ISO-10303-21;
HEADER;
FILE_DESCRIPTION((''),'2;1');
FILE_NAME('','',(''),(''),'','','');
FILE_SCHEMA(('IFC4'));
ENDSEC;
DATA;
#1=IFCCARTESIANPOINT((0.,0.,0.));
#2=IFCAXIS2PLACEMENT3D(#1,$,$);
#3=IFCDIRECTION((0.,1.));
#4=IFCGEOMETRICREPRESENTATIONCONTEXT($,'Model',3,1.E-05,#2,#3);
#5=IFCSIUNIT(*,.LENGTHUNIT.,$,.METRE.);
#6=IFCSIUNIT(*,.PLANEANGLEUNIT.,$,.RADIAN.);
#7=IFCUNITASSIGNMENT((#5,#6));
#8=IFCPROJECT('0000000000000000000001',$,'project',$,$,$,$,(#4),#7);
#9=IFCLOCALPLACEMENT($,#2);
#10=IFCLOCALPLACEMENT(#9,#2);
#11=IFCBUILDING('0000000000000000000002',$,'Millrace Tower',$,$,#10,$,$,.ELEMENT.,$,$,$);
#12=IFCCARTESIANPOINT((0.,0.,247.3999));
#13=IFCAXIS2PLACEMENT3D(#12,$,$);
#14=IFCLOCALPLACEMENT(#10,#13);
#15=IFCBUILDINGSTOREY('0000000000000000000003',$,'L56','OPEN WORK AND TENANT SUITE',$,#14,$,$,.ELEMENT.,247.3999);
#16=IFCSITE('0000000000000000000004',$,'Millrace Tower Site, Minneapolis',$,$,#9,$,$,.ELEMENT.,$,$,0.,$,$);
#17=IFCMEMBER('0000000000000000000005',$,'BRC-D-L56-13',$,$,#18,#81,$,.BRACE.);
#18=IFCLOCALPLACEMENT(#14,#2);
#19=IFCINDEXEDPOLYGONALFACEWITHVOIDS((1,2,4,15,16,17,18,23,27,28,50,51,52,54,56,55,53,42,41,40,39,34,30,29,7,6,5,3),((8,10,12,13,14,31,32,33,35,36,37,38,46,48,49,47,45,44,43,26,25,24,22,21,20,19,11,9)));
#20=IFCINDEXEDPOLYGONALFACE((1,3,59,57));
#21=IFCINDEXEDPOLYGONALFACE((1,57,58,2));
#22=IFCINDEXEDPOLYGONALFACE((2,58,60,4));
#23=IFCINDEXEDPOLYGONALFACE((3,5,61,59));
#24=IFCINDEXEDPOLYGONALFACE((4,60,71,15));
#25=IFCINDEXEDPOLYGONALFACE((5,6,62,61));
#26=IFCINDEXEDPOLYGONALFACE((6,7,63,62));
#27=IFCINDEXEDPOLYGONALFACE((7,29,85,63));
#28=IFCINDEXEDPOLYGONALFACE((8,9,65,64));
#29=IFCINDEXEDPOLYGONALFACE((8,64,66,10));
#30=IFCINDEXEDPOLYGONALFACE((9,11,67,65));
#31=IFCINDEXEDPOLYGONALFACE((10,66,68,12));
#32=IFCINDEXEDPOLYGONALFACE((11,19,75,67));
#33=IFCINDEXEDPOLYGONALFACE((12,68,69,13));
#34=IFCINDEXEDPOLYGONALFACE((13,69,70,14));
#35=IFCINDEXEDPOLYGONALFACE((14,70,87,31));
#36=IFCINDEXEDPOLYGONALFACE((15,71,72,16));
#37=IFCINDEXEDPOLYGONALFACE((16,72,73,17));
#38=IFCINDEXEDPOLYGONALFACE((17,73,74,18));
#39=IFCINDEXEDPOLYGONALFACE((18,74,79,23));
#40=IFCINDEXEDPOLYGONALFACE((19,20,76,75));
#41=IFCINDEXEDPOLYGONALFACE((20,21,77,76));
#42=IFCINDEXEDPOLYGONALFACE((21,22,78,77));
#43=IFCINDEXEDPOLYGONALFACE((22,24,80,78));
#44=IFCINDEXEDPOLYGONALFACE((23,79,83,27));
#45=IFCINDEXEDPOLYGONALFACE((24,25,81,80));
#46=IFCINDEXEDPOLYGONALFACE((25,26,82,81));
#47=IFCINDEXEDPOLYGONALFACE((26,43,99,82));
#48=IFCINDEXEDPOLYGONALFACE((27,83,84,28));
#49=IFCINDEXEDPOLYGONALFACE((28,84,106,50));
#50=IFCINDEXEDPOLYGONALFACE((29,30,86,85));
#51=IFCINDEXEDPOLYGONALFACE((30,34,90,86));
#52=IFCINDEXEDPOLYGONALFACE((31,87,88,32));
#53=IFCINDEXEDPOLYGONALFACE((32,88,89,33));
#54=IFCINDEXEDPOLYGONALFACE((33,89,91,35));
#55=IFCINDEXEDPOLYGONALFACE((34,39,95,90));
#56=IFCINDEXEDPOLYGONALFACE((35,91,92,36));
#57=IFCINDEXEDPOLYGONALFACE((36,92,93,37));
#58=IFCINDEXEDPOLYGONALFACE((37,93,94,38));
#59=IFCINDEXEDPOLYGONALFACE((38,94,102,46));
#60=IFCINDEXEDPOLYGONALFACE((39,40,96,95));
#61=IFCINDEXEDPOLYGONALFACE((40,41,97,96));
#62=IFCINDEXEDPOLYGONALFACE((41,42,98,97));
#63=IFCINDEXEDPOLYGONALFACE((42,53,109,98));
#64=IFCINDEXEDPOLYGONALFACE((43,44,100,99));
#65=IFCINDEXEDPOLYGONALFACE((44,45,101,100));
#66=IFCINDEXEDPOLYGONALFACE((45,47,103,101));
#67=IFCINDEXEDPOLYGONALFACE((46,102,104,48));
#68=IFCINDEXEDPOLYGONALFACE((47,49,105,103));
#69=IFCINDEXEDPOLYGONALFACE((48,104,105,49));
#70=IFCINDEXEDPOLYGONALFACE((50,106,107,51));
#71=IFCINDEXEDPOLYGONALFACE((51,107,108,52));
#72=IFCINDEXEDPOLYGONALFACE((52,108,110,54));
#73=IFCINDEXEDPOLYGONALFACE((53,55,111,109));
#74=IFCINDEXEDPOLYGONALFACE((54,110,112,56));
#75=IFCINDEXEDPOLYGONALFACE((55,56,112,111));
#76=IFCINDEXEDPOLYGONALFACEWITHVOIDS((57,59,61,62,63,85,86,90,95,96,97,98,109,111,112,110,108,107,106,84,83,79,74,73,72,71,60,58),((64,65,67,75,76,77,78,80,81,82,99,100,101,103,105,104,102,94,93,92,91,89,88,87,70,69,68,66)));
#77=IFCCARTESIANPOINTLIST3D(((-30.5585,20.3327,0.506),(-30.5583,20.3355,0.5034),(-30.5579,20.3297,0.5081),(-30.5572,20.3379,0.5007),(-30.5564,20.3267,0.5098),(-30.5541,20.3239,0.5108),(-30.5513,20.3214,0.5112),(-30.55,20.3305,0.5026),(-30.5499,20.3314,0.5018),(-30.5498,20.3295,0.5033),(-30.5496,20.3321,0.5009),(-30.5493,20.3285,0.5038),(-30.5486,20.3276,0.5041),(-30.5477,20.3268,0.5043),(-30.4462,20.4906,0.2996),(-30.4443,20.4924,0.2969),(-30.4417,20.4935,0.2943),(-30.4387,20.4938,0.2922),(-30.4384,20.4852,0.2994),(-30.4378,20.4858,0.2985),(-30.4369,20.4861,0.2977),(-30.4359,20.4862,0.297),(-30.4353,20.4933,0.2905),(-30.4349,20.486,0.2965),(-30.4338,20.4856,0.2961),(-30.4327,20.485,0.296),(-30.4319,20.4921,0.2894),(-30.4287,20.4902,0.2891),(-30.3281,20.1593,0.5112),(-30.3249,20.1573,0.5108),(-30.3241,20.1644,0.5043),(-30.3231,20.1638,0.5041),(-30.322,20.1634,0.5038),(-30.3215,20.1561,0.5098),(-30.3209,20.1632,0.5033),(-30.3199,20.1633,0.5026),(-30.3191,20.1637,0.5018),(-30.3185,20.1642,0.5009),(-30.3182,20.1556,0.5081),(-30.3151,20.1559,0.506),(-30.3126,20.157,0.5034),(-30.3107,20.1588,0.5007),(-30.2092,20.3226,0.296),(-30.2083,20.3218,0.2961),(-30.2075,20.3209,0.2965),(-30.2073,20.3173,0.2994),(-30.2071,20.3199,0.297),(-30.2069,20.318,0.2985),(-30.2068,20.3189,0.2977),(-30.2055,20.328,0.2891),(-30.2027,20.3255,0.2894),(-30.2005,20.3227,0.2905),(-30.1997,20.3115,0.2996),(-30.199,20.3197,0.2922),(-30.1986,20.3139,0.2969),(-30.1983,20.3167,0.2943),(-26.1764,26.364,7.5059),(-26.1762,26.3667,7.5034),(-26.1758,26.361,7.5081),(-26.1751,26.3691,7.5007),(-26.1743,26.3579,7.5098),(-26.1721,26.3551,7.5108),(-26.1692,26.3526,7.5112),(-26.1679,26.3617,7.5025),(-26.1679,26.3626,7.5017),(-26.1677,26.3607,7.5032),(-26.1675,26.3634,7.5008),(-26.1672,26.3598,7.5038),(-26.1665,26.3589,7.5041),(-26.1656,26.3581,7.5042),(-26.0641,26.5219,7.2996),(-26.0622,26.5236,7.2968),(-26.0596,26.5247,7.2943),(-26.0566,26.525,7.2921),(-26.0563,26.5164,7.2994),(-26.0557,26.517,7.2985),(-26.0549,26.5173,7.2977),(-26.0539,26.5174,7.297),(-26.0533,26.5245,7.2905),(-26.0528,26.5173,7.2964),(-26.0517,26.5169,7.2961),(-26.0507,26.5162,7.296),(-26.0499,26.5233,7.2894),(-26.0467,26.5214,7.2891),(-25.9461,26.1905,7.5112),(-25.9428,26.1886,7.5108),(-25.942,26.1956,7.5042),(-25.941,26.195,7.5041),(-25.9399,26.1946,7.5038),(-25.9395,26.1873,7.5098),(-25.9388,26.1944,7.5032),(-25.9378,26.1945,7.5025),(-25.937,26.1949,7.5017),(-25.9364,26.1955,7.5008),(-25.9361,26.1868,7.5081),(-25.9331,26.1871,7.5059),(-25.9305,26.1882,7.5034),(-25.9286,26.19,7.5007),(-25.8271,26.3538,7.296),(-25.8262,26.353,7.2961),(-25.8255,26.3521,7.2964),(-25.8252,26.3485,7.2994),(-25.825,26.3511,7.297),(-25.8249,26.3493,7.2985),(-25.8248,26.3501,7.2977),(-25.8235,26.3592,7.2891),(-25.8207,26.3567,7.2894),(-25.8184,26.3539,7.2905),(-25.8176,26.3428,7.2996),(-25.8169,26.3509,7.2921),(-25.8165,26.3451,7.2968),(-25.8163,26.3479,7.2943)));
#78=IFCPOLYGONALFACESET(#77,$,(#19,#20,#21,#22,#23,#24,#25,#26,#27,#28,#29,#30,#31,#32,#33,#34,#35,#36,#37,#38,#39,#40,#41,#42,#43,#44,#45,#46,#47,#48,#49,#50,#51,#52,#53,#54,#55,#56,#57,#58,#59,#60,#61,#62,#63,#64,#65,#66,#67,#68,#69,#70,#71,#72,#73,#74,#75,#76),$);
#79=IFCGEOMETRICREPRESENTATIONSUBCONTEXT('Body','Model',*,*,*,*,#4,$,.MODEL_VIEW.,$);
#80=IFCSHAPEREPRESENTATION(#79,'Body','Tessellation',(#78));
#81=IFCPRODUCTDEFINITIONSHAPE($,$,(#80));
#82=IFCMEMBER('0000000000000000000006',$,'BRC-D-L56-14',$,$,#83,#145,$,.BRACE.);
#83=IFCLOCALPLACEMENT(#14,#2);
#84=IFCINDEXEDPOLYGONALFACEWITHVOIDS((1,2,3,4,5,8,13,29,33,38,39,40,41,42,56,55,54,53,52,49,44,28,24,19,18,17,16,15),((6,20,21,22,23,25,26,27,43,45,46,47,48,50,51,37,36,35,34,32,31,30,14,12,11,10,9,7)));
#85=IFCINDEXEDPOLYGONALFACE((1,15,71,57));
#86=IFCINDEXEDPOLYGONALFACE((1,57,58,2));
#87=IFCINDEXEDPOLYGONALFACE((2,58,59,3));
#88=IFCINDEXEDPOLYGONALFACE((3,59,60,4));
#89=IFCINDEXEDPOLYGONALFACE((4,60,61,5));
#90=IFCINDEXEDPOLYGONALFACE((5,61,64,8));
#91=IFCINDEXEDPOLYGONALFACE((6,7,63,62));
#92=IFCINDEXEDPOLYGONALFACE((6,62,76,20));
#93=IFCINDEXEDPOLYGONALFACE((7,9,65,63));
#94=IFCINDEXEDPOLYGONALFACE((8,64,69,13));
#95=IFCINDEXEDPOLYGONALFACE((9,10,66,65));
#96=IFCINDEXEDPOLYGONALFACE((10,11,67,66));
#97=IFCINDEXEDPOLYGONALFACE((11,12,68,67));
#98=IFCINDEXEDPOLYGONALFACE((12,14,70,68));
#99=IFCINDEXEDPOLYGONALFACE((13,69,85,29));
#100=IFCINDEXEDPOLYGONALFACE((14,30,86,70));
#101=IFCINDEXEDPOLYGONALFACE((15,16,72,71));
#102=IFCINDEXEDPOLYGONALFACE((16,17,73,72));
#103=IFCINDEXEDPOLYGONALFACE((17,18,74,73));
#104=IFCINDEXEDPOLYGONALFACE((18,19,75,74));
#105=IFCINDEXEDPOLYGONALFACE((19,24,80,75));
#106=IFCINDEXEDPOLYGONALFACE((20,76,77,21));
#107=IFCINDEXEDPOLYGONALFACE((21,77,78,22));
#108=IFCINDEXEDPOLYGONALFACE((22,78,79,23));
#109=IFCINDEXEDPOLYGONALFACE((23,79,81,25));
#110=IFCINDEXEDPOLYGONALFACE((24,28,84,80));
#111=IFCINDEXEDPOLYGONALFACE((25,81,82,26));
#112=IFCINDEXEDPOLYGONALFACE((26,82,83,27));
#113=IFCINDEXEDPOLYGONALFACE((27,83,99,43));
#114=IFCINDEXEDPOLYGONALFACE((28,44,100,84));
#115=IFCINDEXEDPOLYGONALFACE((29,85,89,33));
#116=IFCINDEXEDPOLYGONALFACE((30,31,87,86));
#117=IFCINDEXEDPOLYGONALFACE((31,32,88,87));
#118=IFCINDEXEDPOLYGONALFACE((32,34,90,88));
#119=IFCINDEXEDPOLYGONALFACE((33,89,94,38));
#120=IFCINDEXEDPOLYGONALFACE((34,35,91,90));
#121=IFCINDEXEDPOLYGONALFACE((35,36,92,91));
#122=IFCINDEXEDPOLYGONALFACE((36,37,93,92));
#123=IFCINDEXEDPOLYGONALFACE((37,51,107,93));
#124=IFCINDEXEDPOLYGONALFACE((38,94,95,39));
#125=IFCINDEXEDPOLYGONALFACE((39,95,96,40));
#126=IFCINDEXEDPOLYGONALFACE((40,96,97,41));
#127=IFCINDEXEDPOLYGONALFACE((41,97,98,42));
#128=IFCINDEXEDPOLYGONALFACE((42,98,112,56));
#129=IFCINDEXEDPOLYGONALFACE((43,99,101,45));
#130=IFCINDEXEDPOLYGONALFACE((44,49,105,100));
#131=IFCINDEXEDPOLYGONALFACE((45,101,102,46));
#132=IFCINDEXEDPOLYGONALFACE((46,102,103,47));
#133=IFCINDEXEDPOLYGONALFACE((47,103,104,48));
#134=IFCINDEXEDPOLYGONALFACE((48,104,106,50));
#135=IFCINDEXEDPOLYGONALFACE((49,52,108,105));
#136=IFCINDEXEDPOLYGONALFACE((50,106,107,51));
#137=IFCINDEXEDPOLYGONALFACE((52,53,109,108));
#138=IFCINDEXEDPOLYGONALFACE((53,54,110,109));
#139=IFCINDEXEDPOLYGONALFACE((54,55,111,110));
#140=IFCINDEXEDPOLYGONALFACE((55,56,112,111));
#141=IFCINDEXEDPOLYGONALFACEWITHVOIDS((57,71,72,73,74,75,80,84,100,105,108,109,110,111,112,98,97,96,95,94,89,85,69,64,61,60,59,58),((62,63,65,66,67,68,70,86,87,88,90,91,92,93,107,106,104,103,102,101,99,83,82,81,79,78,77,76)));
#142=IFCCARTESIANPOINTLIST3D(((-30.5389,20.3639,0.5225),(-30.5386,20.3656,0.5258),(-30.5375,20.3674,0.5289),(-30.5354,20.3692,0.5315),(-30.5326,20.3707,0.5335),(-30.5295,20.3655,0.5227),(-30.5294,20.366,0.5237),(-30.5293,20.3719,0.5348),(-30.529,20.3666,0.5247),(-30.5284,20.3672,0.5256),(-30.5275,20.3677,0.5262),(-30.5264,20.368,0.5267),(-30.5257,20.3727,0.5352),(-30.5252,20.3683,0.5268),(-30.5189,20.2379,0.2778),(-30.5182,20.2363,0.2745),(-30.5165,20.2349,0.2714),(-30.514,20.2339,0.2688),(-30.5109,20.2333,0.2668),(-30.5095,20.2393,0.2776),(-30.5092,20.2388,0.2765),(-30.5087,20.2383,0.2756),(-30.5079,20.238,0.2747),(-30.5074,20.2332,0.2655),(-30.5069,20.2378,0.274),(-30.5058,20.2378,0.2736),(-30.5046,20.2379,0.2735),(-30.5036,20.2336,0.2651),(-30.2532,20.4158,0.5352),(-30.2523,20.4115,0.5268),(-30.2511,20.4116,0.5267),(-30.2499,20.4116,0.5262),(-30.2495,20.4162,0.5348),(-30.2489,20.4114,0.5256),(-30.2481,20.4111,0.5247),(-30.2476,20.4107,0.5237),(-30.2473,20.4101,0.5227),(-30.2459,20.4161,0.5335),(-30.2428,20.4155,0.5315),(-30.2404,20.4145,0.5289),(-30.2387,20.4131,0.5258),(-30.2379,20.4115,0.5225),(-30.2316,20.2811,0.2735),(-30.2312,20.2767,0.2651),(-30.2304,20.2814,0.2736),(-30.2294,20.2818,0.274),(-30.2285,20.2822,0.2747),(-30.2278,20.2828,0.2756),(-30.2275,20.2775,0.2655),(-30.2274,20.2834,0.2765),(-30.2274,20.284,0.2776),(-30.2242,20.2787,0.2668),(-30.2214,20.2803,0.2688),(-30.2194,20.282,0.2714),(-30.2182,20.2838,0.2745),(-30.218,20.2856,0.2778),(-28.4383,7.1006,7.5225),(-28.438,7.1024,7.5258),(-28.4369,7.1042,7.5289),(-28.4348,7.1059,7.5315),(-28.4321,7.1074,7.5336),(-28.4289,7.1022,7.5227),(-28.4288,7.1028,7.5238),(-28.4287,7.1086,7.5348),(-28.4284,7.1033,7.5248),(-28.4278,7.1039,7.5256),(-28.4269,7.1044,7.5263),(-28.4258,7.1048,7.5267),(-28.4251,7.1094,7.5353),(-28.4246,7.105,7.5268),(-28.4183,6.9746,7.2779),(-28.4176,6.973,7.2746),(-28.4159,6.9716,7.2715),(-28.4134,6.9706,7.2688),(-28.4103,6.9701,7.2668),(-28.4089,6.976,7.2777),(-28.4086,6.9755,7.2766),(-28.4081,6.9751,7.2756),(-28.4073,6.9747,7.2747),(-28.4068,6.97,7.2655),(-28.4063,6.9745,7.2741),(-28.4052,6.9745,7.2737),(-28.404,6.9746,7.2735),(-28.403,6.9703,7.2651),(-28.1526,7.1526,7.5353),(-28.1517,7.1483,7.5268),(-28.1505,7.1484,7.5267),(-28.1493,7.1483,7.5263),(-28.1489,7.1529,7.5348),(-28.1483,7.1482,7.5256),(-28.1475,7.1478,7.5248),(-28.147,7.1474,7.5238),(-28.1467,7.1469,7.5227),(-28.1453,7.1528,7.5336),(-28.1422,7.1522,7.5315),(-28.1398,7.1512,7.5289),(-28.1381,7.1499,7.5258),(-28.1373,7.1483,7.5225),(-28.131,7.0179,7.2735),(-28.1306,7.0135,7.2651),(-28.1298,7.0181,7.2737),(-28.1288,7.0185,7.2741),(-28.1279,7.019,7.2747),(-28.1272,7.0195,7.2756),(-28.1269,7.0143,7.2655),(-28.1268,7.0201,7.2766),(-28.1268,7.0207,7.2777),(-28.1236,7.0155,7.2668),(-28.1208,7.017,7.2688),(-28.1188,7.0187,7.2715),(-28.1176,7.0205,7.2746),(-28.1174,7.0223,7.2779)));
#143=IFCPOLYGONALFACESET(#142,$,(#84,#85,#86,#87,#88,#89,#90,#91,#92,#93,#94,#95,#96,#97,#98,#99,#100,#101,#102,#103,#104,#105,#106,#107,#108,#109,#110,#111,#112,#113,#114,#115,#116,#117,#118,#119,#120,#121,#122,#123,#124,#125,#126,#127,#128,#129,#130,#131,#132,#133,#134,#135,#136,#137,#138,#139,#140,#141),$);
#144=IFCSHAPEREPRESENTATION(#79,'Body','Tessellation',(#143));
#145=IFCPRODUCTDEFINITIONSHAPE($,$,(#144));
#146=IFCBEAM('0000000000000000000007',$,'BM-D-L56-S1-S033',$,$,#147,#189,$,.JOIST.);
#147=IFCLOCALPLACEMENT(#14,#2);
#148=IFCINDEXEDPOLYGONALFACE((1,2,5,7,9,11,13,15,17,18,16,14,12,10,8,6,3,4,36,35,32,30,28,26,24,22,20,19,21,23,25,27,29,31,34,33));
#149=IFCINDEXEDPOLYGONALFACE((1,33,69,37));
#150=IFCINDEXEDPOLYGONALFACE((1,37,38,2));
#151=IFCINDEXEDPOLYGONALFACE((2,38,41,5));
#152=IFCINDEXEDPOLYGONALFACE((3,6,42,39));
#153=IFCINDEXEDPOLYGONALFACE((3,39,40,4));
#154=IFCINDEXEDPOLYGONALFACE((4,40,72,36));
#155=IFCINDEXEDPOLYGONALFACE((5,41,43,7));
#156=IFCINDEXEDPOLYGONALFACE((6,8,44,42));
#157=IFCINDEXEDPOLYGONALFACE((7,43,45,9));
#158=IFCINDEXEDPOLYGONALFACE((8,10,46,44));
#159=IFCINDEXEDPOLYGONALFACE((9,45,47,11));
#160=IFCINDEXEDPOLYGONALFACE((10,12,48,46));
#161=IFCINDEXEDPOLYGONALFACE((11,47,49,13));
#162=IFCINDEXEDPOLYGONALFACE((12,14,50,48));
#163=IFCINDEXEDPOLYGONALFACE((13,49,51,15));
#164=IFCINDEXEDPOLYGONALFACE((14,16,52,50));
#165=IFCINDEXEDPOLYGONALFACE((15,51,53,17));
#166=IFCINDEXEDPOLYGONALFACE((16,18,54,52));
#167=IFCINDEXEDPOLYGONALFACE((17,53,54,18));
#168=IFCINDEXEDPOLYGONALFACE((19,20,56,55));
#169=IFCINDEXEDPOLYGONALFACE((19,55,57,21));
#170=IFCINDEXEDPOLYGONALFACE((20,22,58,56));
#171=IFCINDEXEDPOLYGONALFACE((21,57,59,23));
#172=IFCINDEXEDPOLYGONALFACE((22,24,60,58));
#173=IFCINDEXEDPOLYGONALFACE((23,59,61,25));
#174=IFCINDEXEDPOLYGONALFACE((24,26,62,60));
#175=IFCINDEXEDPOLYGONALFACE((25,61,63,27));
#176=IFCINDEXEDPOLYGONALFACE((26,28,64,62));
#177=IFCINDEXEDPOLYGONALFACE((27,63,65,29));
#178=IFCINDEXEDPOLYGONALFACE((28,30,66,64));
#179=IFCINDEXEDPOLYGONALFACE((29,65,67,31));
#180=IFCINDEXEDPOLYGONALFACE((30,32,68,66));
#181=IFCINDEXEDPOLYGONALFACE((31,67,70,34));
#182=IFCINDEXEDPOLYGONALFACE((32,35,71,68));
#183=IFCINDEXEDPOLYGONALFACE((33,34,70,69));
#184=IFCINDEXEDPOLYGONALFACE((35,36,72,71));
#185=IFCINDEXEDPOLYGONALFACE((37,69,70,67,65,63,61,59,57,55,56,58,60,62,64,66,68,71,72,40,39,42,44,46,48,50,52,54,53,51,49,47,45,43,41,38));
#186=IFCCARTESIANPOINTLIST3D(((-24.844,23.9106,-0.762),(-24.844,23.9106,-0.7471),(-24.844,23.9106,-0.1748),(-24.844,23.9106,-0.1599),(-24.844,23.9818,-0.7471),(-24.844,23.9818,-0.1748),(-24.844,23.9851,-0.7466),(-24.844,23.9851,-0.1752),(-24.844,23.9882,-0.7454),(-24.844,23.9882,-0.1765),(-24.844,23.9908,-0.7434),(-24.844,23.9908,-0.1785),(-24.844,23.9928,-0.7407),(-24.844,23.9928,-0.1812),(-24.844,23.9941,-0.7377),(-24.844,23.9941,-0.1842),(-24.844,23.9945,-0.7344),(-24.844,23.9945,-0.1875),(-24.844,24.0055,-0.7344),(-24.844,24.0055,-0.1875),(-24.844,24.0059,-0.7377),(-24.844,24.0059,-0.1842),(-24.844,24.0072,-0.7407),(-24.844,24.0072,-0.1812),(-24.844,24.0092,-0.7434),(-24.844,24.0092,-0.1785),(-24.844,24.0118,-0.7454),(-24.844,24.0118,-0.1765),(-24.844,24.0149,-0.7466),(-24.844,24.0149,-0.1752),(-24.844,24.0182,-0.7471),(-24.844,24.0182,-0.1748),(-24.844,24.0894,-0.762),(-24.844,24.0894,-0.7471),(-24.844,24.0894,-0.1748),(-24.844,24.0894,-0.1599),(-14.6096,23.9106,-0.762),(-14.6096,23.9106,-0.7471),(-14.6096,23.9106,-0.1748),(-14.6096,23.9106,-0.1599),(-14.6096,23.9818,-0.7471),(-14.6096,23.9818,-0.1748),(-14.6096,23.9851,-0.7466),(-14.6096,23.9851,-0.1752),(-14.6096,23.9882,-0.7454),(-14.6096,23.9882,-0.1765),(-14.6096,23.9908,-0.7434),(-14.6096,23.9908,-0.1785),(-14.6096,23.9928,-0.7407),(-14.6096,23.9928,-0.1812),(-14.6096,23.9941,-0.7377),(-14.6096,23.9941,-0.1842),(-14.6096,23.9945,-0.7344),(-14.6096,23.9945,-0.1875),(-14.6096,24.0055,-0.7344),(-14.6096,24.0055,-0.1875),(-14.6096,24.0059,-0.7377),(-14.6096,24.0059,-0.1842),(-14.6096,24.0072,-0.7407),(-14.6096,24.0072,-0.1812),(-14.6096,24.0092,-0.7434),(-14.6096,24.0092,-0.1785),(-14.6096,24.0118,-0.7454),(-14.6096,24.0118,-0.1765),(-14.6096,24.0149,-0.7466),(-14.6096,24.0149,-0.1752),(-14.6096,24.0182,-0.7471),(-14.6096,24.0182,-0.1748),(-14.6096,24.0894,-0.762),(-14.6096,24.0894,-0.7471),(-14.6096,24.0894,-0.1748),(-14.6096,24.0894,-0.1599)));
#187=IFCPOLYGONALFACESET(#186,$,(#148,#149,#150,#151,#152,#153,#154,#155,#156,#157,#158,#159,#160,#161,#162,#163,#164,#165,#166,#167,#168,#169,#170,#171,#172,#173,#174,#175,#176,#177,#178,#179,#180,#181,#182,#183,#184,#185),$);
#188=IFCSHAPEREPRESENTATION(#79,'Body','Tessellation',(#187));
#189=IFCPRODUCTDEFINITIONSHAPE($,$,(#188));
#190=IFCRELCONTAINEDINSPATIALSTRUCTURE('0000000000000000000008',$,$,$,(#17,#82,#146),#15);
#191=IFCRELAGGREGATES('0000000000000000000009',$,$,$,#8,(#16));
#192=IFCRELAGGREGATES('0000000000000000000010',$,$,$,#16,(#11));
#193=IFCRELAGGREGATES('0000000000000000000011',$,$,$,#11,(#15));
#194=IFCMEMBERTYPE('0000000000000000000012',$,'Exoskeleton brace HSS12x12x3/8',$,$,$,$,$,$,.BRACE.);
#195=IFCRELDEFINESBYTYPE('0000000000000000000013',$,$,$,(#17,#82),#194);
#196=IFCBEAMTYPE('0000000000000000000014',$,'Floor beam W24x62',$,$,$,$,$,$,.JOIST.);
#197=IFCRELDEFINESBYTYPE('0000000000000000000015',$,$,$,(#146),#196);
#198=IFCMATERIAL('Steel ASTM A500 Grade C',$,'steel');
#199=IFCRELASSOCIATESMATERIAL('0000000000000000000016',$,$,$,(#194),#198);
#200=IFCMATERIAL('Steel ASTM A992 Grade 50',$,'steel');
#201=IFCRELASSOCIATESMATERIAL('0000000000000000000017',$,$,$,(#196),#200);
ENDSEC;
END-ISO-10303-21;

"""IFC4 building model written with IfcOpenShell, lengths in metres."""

from ifc_helpers import new_model, si_unit, direction, frame, origin, origin_2d, place, context, subcontext, project, spatial, hollow_rectangle, i_section, extrude, material, material_profile, profile_set, type_object, element, save


model = new_model("IFC4")

# Units and contexts
model_context = context("Model", 3, precision=1e-05, world=origin(), true_north=direction((0.0, 1.0)))
body_context = subcontext(model_context, "Body", "Model", "MODEL_VIEW")
ifc_project = project(units=[si_unit("LENGTHUNIT", "METRE"), si_unit("PLANEANGLEUNIT", "RADIAN")], contexts=[model_context])

# Site, building, storey
site_placement = place(None, origin())
site = spatial("IfcSite", under=ifc_project, at=site_placement, Name="Millrace Tower Site, Minneapolis", CompositionType="ELEMENT", RefElevation=0.0)
building_placement = place(site_placement, origin())
building = spatial("IfcBuilding", under=site, at=building_placement, Name="Millrace Tower", CompositionType="ELEMENT")
storey_placement = place(building_placement, frame((0.0, 0.0, 247.3999)))
storey = spatial("IfcBuildingStorey", under=building, at=storey_placement, Name="L56", Description="OPEN WORK AND TENANT SUITE", CompositionType="ELEMENT", Elevation=247.3999)

# Members
ifc_material_1 = material(Name="Steel ASTM A500 Grade C", Category="steel")
ifc_material_profile_1 = material_profile(ifc_material_1, hollow_rectangle(XDim=0.3047, YDim=0.3047, WallThickness=0.0095, InnerFilletRadius=0.0046, OuterFilletRadius=0.0144, at=origin_2d()))
ifc_profile_set_1 = profile_set([ifc_material_profile_1], Name="Steel ASTM A500 Grade C")
member_type_1 = type_object("IfcMemberType", Name="Exoskeleton brace HSS12x12x3/8", PredefinedType="BRACE", material=ifc_profile_set_1)
member_1_placement = place(storey_placement, frame((-30.3784, 20.3247, 0.4001), z_axis=(0.428508, 0.589774, 0.684505), x_axis=(-0.809009, 0.587796, 0.0)))
element("IfcMember", 1, at=member_1_placement, inside=storey, type_object=member_type_1, Name="BRC-D-L56-13", PredefinedType="BRACE", context=body_context, shape_type="SweptSolid", body=[
    extrude(hollow_rectangle(XDim=0.3047, YDim=0.3047, WallThickness=0.0095, InnerFilletRadius=0.0046, OuterFilletRadius=0.0144, at=origin_2d()), origin(), (0.0, 0.0, 1.0), 10.2263),
])
member_2_placement = place(storey_placement, frame((-30.3784, 20.3247, 0.4001), z_axis=(0.138712, -0.875836, 0.462246), x_axis=(0.987689, 0.156427, 0.0)))
element("IfcMember", 2, at=member_2_placement, inside=storey, type_object=member_type_1, Name="BRC-D-L56-14", PredefinedType="BRACE", context=body_context, shape_type="SweptSolid", body=[
    extrude(hollow_rectangle(XDim=0.3047, YDim=0.3047, WallThickness=0.0095, InnerFilletRadius=0.0046, OuterFilletRadius=0.0144, at=origin_2d()), origin(), (0.0, 0.0, 1.0), 15.1436),
])

# Beam
ifc_material_2 = material(Name="Steel ASTM A992 Grade 50", Category="steel")
ifc_material_profile_2 = material_profile(ifc_material_2, i_section(OverallWidth=0.1787, OverallDepth=0.6021, WebThickness=0.011, FlangeThickness=0.0149, FilletRadius=0.0127, at=origin_2d()))
ifc_profile_set_2 = profile_set([ifc_material_profile_2], Name="Steel ASTM A992 Grade 50")
beam_type_1 = type_object("IfcBeamType", Name="Floor beam W24x62", PredefinedType="JOIST", material=ifc_profile_set_2)
beam_1_placement = place(storey_placement, frame((-24.844, 24.0, -0.4609), z_axis=(1.0, 0.0, 0.0), x_axis=(0.0, 1.0, 0.0)))
element("IfcBeam", 3, at=beam_1_placement, inside=storey, type_object=beam_type_1, Name="BM-D-L56-S1-S033", PredefinedType="JOIST", context=body_context, shape_type="SweptSolid", body=[
    extrude(i_section(OverallWidth=0.1787, OverallDepth=0.6021, WebThickness=0.011, FlangeThickness=0.0149, FilletRadius=0.0127, at=origin_2d()), origin(), (0.0, 0.0, 1.0), 10.2344),
])

save(model, "model.ifc")
